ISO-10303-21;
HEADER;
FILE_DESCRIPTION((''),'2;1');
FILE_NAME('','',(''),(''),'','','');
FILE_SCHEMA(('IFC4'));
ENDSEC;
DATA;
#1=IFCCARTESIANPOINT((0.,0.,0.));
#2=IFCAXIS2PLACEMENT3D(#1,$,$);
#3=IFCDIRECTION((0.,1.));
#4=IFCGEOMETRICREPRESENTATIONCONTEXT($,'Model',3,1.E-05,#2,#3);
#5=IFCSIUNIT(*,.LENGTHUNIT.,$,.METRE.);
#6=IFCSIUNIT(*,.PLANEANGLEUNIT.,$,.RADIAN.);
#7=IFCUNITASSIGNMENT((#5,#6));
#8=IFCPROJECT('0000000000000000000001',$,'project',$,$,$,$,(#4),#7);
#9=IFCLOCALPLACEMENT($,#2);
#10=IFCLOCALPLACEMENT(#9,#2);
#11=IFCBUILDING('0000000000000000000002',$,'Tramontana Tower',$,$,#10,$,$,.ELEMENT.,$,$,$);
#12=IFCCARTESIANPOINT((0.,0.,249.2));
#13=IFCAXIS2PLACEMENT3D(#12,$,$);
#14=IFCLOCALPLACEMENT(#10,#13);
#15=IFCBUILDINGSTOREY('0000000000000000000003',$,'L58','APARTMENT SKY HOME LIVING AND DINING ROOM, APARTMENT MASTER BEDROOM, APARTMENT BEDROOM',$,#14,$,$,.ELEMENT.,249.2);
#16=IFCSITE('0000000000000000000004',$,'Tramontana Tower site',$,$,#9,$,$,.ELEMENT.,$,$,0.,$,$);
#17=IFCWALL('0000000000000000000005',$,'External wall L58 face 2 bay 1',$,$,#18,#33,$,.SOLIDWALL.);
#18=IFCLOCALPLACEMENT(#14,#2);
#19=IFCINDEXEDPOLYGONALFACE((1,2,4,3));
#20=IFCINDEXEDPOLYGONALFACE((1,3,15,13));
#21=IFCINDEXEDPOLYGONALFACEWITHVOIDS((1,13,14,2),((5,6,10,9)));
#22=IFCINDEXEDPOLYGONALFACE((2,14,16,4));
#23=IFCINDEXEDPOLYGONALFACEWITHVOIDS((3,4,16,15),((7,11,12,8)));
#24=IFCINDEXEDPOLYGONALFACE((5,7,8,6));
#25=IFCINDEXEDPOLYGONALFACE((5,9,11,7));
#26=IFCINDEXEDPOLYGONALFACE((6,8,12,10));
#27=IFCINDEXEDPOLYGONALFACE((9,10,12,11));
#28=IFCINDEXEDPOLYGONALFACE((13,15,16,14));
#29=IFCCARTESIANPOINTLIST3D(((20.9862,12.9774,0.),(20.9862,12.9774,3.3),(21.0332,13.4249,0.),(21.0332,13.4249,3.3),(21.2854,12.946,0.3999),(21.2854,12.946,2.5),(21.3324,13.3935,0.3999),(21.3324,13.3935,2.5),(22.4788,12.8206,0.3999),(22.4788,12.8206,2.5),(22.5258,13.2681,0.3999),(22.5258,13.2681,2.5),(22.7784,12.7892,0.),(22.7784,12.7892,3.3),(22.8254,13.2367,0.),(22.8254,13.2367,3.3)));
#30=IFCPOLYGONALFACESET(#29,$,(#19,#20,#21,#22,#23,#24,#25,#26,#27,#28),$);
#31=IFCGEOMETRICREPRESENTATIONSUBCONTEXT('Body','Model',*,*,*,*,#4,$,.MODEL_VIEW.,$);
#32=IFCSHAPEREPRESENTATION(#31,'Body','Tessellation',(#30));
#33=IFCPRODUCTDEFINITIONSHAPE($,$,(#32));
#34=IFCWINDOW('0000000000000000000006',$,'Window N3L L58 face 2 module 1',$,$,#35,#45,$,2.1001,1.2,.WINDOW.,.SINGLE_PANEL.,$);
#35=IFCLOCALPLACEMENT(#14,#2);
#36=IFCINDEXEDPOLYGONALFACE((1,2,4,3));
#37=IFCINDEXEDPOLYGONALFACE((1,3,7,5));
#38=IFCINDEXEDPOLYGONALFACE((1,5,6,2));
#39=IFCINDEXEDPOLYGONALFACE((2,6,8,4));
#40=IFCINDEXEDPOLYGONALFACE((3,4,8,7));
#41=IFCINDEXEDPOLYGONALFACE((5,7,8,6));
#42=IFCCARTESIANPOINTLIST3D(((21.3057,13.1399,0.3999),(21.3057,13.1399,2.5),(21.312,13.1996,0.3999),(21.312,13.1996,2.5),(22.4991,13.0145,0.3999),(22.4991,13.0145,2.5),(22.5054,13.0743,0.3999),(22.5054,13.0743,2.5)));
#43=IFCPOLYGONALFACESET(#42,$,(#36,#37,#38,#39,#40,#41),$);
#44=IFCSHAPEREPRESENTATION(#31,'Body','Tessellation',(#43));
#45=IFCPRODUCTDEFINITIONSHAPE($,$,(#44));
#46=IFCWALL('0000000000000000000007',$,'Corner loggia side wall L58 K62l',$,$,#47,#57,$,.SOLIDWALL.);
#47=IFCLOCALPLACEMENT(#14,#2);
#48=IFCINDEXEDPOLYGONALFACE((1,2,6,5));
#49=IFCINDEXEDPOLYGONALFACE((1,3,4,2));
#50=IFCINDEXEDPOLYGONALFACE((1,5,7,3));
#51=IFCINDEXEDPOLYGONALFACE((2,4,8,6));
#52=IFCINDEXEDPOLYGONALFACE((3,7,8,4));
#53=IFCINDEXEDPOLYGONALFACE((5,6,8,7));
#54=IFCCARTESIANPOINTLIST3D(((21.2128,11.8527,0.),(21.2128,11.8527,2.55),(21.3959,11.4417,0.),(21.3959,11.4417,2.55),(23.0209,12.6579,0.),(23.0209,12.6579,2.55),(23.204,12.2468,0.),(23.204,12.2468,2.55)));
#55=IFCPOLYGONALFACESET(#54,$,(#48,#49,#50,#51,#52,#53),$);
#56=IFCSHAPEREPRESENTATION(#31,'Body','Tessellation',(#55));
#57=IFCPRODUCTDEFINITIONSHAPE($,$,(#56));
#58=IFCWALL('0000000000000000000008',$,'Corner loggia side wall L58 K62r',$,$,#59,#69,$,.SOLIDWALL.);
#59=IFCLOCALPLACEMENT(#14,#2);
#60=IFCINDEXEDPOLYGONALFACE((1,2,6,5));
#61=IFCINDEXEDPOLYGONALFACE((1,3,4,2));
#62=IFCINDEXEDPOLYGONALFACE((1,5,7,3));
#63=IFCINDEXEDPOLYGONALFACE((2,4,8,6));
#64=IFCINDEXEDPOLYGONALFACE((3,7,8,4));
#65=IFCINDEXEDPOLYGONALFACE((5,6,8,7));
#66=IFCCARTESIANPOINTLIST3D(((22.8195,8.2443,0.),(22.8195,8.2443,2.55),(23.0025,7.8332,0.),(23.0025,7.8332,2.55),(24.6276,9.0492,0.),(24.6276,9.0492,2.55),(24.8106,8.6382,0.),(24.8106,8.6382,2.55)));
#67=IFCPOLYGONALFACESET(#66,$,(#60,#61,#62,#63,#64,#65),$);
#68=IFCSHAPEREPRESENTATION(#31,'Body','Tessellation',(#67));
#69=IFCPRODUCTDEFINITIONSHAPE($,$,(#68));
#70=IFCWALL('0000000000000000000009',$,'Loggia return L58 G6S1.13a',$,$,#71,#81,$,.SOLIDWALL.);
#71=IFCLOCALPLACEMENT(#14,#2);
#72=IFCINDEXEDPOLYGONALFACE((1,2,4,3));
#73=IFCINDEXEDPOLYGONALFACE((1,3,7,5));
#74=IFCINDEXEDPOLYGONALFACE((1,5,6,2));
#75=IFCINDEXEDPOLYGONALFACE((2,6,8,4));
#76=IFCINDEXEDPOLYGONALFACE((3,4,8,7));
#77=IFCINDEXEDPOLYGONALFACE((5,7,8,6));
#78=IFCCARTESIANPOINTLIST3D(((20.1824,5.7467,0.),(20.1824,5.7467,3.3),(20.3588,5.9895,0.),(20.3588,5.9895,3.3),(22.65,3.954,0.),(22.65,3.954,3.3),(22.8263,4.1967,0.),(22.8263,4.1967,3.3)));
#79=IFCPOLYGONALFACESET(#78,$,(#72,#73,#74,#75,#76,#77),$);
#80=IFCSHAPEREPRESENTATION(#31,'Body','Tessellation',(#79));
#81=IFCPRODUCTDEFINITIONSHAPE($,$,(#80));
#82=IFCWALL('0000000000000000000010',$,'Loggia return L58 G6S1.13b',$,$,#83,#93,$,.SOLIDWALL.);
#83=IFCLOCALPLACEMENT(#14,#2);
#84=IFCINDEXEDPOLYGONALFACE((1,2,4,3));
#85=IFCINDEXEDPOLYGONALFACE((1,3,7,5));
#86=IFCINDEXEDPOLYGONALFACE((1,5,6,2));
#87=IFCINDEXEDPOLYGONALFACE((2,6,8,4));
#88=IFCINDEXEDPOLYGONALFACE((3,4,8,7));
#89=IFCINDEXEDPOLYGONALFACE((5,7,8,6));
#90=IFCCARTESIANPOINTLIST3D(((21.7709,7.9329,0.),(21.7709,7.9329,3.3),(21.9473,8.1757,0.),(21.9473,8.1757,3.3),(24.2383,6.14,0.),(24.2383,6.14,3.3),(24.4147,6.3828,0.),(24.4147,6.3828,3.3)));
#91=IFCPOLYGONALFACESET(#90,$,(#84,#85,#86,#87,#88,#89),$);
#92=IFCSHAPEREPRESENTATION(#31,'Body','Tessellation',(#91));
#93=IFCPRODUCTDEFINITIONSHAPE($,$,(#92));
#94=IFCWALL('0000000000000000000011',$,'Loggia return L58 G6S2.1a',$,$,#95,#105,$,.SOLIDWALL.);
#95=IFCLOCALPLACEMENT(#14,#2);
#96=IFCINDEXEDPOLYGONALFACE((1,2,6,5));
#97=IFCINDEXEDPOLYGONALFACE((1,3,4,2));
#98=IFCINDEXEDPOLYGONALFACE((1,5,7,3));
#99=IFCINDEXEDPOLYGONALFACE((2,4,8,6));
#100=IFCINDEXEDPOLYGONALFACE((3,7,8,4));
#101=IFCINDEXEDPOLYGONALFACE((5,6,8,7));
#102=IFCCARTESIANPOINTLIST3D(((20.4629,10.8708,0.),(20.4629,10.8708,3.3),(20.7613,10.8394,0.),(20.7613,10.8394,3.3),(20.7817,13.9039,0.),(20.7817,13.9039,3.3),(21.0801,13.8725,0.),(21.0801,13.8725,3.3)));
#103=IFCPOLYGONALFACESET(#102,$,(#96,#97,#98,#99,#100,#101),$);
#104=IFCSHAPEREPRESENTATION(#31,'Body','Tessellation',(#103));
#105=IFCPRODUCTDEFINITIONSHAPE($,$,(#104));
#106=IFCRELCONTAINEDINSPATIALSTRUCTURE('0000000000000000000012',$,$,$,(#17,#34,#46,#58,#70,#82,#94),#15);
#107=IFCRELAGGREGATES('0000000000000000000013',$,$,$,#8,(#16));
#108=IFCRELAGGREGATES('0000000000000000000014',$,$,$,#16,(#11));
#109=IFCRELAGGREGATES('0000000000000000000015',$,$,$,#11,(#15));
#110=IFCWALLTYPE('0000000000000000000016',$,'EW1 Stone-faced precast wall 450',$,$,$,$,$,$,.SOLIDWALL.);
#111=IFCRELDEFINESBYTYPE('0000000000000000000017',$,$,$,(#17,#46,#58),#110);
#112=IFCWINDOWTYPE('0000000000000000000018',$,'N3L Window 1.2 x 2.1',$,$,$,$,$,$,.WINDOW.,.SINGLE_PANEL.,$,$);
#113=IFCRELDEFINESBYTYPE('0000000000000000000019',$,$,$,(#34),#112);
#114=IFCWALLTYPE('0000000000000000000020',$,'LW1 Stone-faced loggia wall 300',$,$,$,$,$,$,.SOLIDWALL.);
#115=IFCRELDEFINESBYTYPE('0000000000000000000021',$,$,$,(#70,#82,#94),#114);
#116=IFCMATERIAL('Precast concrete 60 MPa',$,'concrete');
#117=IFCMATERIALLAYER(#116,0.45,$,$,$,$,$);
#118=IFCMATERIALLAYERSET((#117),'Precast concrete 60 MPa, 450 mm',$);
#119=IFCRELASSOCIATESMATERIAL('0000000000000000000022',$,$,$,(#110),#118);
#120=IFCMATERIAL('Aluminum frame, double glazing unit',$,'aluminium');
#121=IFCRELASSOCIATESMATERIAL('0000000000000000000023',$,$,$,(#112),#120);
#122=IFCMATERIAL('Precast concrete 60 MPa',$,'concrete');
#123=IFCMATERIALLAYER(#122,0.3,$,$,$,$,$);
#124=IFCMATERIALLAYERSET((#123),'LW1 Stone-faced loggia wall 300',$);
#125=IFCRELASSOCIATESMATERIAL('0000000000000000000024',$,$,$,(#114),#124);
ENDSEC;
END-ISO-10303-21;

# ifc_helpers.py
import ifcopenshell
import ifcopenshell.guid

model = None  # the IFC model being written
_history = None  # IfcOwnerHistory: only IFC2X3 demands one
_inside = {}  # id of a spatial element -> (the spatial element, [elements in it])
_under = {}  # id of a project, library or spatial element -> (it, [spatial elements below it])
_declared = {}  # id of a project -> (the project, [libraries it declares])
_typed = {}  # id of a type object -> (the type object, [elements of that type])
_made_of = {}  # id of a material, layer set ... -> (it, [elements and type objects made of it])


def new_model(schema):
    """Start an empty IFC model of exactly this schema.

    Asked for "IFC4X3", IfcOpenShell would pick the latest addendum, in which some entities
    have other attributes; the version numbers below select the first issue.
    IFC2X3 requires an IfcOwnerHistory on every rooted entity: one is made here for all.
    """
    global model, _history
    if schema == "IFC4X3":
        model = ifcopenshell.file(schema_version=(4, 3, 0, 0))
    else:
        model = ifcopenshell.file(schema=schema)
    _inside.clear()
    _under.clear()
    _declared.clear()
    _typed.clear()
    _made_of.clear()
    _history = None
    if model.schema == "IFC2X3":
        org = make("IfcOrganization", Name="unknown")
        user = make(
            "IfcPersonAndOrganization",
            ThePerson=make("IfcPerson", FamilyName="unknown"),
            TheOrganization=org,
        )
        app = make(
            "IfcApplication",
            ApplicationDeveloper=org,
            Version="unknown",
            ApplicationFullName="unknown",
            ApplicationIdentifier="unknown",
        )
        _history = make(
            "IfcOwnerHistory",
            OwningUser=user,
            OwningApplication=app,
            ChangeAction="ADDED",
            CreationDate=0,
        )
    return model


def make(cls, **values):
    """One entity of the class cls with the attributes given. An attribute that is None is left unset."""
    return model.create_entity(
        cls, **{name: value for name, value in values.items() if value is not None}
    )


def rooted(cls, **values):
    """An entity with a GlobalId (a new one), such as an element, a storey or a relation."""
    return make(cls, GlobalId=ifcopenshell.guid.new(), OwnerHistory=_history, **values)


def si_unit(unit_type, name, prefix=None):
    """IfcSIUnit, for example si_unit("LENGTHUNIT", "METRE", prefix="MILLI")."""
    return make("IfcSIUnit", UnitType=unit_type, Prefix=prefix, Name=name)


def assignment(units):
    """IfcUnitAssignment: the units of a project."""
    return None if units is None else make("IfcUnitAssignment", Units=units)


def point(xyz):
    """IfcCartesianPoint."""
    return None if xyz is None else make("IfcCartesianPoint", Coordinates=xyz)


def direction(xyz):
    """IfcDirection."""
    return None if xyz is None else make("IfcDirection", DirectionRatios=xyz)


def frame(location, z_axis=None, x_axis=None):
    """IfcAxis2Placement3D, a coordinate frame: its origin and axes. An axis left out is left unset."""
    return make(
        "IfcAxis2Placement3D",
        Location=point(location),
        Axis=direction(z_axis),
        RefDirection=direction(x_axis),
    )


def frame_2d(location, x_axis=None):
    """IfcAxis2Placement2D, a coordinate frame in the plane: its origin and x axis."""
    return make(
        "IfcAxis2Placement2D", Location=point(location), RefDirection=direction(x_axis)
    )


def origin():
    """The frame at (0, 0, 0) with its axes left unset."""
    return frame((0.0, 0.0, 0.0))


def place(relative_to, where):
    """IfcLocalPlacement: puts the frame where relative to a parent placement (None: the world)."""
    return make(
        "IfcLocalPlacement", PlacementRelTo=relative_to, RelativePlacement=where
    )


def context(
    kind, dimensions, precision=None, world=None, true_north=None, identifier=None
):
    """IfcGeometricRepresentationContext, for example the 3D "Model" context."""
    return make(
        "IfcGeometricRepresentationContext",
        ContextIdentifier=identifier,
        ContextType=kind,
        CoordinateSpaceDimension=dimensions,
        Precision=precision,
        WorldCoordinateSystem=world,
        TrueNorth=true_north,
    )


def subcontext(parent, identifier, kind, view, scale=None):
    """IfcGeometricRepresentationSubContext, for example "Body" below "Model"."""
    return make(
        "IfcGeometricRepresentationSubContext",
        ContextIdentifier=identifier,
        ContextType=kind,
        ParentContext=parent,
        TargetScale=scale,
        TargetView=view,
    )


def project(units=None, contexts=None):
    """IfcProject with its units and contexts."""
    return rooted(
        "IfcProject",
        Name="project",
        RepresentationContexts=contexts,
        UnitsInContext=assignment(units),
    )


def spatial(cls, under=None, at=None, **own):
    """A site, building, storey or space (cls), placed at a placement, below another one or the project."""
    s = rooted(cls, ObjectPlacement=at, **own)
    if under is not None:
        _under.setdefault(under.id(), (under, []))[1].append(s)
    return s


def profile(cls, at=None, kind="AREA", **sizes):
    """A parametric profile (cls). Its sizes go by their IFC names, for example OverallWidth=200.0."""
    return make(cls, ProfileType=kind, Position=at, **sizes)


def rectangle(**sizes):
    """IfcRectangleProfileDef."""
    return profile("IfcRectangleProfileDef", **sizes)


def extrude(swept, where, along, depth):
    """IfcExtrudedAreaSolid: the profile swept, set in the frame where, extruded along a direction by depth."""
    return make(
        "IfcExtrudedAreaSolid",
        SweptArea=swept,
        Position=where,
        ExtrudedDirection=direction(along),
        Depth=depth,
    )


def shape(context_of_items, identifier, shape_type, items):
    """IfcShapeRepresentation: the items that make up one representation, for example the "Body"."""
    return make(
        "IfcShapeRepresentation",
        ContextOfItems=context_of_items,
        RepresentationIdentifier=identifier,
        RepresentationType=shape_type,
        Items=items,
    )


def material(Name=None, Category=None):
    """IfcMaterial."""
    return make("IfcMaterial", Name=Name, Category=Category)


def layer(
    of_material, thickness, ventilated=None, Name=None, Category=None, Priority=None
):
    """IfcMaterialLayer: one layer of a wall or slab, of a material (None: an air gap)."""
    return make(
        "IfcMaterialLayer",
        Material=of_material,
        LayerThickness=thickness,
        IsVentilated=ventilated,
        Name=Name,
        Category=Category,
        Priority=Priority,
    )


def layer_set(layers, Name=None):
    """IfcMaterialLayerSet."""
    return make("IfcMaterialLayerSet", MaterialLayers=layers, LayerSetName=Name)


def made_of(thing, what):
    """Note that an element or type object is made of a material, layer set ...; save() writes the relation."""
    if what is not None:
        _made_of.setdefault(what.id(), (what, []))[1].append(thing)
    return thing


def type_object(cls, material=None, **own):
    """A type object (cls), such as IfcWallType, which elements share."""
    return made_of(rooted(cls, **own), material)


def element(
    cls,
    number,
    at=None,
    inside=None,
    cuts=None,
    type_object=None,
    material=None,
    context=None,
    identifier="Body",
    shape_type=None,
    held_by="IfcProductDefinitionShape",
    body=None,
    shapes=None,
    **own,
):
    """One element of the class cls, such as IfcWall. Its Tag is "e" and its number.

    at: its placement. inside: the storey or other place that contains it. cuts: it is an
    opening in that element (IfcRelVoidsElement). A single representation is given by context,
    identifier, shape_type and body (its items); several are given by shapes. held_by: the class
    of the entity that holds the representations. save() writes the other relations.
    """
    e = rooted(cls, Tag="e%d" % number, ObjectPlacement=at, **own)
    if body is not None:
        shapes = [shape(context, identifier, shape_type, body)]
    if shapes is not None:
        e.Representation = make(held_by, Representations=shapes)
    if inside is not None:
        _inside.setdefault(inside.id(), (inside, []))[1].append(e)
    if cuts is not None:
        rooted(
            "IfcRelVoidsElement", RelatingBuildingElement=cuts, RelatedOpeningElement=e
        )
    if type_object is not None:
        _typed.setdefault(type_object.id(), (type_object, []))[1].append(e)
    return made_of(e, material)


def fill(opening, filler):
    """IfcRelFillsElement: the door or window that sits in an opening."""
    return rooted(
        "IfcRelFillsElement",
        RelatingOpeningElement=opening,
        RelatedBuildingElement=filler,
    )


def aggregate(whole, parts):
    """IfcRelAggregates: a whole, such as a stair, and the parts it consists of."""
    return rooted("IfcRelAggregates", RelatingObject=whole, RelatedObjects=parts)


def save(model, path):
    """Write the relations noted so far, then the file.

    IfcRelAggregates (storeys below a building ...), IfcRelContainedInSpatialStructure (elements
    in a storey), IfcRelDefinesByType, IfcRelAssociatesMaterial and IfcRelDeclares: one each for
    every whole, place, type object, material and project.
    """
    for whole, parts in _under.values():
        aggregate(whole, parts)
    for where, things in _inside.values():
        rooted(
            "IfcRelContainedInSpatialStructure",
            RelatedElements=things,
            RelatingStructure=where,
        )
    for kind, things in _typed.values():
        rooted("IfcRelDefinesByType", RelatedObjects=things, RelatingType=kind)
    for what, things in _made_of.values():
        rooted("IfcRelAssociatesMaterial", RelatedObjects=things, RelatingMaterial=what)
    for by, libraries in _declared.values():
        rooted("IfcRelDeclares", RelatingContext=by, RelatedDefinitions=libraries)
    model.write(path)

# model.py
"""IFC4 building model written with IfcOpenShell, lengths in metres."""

from ifc_helpers import new_model, si_unit, direction, frame, frame_2d, origin, place, context, subcontext, project, spatial, rectangle, extrude, material, layer, layer_set, type_object, element, fill, save


model = new_model("IFC4")

# Units and contexts
model_context = context("Model", 3, precision=1e-05, world=origin(), true_north=direction((0.0, 1.0)))
body_context = subcontext(model_context, "Body", "Model", "MODEL_VIEW")
ifc_project = project(units=[si_unit("LENGTHUNIT", "METRE"), si_unit("PLANEANGLEUNIT", "RADIAN")], contexts=[model_context])

# Site, building, storey
site_placement = place(None, origin())
site = spatial("IfcSite", under=ifc_project, at=site_placement, Name="Tramontana Tower site", CompositionType="ELEMENT", RefElevation=0.0)
building_placement = place(site_placement, origin())
building = spatial("IfcBuilding", under=site, at=building_placement, Name="Tramontana Tower", CompositionType="ELEMENT")
storey_placement = place(building_placement, frame((0.0, 0.0, 249.2)))
storey = spatial("IfcBuildingStorey", under=building, at=storey_placement, Name="L58", Description="APARTMENT SKY HOME LIVING AND DINING ROOM, APARTMENT MASTER BEDROOM, APARTMENT BEDROOM", CompositionType="ELEMENT", Elevation=249.2)

# Wall, opening, window
ifc_material_1 = material(Name="Precast concrete 60 MPa", Category="concrete")
ifc_layer_1 = layer(ifc_material_1, 0.45)
ifc_layer_set_1 = layer_set([ifc_layer_1], Name="Precast concrete 60 MPa, 450 mm")
wall_type_1 = type_object("IfcWallType", Name="EW1 Stone-faced precast wall 450", PredefinedType="SOLIDWALL", material=ifc_layer_set_1)
ifc_material_2 = material(Name="Aluminum frame, double glazing unit", Category="aluminium")
window_type_1 = type_object("IfcWindowType", Name="N3L Window 1.2 x 2.1", PartitioningType="SINGLE_PANEL", PredefinedType="WINDOW", material=ifc_material_2)
wall_1_placement = place(storey_placement, frame((22.8018, 13.0129, 0.0), z_axis=(0.0, 0.0, 1.0), x_axis=(-0.99453, 0.104452, 0.0)))
wall_1 = element("IfcWall", 1, at=wall_1_placement, inside=storey, type_object=wall_type_1, Name="External wall L58 face 2 bay 1", PredefinedType="SOLIDWALL", context=body_context, shape_type="SweptSolid", body=[
    extrude(rectangle(XDim=1.802, YDim=0.45, at=frame_2d((0.9009, 0.0))), origin(), (0.0, 0.0, 1.0), 3.3),
])
opening_1_placement = place(wall_1_placement, frame((0.301, 0.0, 0.3999)))
opening_1 = element("IfcOpeningElement", 2, at=opening_1_placement, cuts=wall_1, PredefinedType="OPENING", context=body_context, shape_type="SweptSolid", body=[
    extrude(rectangle(XDim=1.2, YDim=2.1001, at=frame_2d((0.6001, 1.05))), frame((0.0, 0.2349, 0.0), z_axis=(0.0, -1.0, 0.0), x_axis=(1.0, 0.0, 0.0)), (0.0, 0.0, 1.0), 0.47),
])
window_1_placement = place(opening_1_placement, origin())
window_1 = element("IfcWindow", 3, at=window_1_placement, inside=storey, type_object=window_type_1, Name="Window N3L L58 face 2 module 1", OverallHeight=2.1001, OverallWidth=1.2, PartitioningType="SINGLE_PANEL", PredefinedType="WINDOW", context=body_context, shape_type="SweptSolid", body=[
    extrude(rectangle(XDim=1.2, YDim=2.1001, at=frame_2d((0.6001, 1.05))), frame((0.0, 0.03, 0.0), z_axis=(0.0, -1.0, 0.0), x_axis=(1.0, 0.0, 0.0)), (0.0, 0.0, 1.0), 0.0601),
])
fill(opening_1, window_1)

# Walls
for number, where, z_axis, x_axis, name in (
    (4, (23.1125, 12.4524, 0.0), (0.0, 0.0, 1.0), (-0.913516, -0.406802, 0.0), "Corner loggia side wall L58 K62l"),
    (5, (24.7192, 8.8438, 0.0), (0.0, 0.0, 1.0), (-0.913562, -0.406699, 0.0), "Corner loggia side wall L58 K62r"),
):
    element("IfcWall", number, at=place(storey_placement, frame(where, z_axis=z_axis, x_axis=x_axis)), inside=storey, type_object=wall_type_1, Name=name, PredefinedType="SOLIDWALL", context=body_context, shape_type="SweptSolid", body=[
        extrude(rectangle(XDim=1.9792, YDim=0.45, at=frame_2d((0.9897, 0.0))), origin(), (0.0, 0.0, 1.0), 2.55),
    ])

# Walls
ifc_material_3 = material(Name="Precast concrete 60 MPa", Category="concrete")
ifc_layer_2 = layer(ifc_material_3, 0.3)
ifc_layer_set_2 = layer_set([ifc_layer_2], Name="LW1 Stone-faced loggia wall 300")
wall_type_2 = type_object("IfcWallType", Name="LW1 Stone-faced loggia wall 300", PredefinedType="SOLIDWALL", material=ifc_layer_set_2)
for number, where, z_axis, x_axis, name in (
    (6, (22.738, 4.0754, 0.0), (0.0, 0.0, 1.0), (-0.809023, 0.587777, 0.0), "Loggia return L58 G6S1.13a"),
    (7, (24.3264, 6.2615, 0.0), (0.0, 0.0, 1.0), (-0.808985, 0.587829, 0.0), "Loggia return L58 G6S1.13b"),
):
    element("IfcWall", number, at=place(storey_placement, frame(where, z_axis=z_axis, x_axis=x_axis)), inside=storey, type_object=wall_type_2, Name=name, PredefinedType="SOLIDWALL", context=body_context, shape_type="SweptSolid", body=[
        extrude(rectangle(XDim=3.05, YDim=0.3, at=frame_2d((1.5249, 0.0))), origin(), (0.0, 0.0, 1.0), 3.3),
    ])
wall_2_placement = place(storey_placement, frame((20.9309, 13.8882, 0.0), z_axis=(0.0, 0.0, 1.0), x_axis=(-0.104543, -0.99452, 0.0)))
element("IfcWall", 8, at=wall_2_placement, inside=storey, type_object=wall_type_2, Name="Loggia return L58 G6S2.1a", PredefinedType="SOLIDWALL", context=body_context, shape_type="SweptSolid", body=[
    extrude(rectangle(XDim=3.0498, YDim=0.3, at=frame_2d((1.5249, 0.0))), origin(), (0.0, 0.0, 1.0), 3.3),
])

save(model, "model.ifc")
